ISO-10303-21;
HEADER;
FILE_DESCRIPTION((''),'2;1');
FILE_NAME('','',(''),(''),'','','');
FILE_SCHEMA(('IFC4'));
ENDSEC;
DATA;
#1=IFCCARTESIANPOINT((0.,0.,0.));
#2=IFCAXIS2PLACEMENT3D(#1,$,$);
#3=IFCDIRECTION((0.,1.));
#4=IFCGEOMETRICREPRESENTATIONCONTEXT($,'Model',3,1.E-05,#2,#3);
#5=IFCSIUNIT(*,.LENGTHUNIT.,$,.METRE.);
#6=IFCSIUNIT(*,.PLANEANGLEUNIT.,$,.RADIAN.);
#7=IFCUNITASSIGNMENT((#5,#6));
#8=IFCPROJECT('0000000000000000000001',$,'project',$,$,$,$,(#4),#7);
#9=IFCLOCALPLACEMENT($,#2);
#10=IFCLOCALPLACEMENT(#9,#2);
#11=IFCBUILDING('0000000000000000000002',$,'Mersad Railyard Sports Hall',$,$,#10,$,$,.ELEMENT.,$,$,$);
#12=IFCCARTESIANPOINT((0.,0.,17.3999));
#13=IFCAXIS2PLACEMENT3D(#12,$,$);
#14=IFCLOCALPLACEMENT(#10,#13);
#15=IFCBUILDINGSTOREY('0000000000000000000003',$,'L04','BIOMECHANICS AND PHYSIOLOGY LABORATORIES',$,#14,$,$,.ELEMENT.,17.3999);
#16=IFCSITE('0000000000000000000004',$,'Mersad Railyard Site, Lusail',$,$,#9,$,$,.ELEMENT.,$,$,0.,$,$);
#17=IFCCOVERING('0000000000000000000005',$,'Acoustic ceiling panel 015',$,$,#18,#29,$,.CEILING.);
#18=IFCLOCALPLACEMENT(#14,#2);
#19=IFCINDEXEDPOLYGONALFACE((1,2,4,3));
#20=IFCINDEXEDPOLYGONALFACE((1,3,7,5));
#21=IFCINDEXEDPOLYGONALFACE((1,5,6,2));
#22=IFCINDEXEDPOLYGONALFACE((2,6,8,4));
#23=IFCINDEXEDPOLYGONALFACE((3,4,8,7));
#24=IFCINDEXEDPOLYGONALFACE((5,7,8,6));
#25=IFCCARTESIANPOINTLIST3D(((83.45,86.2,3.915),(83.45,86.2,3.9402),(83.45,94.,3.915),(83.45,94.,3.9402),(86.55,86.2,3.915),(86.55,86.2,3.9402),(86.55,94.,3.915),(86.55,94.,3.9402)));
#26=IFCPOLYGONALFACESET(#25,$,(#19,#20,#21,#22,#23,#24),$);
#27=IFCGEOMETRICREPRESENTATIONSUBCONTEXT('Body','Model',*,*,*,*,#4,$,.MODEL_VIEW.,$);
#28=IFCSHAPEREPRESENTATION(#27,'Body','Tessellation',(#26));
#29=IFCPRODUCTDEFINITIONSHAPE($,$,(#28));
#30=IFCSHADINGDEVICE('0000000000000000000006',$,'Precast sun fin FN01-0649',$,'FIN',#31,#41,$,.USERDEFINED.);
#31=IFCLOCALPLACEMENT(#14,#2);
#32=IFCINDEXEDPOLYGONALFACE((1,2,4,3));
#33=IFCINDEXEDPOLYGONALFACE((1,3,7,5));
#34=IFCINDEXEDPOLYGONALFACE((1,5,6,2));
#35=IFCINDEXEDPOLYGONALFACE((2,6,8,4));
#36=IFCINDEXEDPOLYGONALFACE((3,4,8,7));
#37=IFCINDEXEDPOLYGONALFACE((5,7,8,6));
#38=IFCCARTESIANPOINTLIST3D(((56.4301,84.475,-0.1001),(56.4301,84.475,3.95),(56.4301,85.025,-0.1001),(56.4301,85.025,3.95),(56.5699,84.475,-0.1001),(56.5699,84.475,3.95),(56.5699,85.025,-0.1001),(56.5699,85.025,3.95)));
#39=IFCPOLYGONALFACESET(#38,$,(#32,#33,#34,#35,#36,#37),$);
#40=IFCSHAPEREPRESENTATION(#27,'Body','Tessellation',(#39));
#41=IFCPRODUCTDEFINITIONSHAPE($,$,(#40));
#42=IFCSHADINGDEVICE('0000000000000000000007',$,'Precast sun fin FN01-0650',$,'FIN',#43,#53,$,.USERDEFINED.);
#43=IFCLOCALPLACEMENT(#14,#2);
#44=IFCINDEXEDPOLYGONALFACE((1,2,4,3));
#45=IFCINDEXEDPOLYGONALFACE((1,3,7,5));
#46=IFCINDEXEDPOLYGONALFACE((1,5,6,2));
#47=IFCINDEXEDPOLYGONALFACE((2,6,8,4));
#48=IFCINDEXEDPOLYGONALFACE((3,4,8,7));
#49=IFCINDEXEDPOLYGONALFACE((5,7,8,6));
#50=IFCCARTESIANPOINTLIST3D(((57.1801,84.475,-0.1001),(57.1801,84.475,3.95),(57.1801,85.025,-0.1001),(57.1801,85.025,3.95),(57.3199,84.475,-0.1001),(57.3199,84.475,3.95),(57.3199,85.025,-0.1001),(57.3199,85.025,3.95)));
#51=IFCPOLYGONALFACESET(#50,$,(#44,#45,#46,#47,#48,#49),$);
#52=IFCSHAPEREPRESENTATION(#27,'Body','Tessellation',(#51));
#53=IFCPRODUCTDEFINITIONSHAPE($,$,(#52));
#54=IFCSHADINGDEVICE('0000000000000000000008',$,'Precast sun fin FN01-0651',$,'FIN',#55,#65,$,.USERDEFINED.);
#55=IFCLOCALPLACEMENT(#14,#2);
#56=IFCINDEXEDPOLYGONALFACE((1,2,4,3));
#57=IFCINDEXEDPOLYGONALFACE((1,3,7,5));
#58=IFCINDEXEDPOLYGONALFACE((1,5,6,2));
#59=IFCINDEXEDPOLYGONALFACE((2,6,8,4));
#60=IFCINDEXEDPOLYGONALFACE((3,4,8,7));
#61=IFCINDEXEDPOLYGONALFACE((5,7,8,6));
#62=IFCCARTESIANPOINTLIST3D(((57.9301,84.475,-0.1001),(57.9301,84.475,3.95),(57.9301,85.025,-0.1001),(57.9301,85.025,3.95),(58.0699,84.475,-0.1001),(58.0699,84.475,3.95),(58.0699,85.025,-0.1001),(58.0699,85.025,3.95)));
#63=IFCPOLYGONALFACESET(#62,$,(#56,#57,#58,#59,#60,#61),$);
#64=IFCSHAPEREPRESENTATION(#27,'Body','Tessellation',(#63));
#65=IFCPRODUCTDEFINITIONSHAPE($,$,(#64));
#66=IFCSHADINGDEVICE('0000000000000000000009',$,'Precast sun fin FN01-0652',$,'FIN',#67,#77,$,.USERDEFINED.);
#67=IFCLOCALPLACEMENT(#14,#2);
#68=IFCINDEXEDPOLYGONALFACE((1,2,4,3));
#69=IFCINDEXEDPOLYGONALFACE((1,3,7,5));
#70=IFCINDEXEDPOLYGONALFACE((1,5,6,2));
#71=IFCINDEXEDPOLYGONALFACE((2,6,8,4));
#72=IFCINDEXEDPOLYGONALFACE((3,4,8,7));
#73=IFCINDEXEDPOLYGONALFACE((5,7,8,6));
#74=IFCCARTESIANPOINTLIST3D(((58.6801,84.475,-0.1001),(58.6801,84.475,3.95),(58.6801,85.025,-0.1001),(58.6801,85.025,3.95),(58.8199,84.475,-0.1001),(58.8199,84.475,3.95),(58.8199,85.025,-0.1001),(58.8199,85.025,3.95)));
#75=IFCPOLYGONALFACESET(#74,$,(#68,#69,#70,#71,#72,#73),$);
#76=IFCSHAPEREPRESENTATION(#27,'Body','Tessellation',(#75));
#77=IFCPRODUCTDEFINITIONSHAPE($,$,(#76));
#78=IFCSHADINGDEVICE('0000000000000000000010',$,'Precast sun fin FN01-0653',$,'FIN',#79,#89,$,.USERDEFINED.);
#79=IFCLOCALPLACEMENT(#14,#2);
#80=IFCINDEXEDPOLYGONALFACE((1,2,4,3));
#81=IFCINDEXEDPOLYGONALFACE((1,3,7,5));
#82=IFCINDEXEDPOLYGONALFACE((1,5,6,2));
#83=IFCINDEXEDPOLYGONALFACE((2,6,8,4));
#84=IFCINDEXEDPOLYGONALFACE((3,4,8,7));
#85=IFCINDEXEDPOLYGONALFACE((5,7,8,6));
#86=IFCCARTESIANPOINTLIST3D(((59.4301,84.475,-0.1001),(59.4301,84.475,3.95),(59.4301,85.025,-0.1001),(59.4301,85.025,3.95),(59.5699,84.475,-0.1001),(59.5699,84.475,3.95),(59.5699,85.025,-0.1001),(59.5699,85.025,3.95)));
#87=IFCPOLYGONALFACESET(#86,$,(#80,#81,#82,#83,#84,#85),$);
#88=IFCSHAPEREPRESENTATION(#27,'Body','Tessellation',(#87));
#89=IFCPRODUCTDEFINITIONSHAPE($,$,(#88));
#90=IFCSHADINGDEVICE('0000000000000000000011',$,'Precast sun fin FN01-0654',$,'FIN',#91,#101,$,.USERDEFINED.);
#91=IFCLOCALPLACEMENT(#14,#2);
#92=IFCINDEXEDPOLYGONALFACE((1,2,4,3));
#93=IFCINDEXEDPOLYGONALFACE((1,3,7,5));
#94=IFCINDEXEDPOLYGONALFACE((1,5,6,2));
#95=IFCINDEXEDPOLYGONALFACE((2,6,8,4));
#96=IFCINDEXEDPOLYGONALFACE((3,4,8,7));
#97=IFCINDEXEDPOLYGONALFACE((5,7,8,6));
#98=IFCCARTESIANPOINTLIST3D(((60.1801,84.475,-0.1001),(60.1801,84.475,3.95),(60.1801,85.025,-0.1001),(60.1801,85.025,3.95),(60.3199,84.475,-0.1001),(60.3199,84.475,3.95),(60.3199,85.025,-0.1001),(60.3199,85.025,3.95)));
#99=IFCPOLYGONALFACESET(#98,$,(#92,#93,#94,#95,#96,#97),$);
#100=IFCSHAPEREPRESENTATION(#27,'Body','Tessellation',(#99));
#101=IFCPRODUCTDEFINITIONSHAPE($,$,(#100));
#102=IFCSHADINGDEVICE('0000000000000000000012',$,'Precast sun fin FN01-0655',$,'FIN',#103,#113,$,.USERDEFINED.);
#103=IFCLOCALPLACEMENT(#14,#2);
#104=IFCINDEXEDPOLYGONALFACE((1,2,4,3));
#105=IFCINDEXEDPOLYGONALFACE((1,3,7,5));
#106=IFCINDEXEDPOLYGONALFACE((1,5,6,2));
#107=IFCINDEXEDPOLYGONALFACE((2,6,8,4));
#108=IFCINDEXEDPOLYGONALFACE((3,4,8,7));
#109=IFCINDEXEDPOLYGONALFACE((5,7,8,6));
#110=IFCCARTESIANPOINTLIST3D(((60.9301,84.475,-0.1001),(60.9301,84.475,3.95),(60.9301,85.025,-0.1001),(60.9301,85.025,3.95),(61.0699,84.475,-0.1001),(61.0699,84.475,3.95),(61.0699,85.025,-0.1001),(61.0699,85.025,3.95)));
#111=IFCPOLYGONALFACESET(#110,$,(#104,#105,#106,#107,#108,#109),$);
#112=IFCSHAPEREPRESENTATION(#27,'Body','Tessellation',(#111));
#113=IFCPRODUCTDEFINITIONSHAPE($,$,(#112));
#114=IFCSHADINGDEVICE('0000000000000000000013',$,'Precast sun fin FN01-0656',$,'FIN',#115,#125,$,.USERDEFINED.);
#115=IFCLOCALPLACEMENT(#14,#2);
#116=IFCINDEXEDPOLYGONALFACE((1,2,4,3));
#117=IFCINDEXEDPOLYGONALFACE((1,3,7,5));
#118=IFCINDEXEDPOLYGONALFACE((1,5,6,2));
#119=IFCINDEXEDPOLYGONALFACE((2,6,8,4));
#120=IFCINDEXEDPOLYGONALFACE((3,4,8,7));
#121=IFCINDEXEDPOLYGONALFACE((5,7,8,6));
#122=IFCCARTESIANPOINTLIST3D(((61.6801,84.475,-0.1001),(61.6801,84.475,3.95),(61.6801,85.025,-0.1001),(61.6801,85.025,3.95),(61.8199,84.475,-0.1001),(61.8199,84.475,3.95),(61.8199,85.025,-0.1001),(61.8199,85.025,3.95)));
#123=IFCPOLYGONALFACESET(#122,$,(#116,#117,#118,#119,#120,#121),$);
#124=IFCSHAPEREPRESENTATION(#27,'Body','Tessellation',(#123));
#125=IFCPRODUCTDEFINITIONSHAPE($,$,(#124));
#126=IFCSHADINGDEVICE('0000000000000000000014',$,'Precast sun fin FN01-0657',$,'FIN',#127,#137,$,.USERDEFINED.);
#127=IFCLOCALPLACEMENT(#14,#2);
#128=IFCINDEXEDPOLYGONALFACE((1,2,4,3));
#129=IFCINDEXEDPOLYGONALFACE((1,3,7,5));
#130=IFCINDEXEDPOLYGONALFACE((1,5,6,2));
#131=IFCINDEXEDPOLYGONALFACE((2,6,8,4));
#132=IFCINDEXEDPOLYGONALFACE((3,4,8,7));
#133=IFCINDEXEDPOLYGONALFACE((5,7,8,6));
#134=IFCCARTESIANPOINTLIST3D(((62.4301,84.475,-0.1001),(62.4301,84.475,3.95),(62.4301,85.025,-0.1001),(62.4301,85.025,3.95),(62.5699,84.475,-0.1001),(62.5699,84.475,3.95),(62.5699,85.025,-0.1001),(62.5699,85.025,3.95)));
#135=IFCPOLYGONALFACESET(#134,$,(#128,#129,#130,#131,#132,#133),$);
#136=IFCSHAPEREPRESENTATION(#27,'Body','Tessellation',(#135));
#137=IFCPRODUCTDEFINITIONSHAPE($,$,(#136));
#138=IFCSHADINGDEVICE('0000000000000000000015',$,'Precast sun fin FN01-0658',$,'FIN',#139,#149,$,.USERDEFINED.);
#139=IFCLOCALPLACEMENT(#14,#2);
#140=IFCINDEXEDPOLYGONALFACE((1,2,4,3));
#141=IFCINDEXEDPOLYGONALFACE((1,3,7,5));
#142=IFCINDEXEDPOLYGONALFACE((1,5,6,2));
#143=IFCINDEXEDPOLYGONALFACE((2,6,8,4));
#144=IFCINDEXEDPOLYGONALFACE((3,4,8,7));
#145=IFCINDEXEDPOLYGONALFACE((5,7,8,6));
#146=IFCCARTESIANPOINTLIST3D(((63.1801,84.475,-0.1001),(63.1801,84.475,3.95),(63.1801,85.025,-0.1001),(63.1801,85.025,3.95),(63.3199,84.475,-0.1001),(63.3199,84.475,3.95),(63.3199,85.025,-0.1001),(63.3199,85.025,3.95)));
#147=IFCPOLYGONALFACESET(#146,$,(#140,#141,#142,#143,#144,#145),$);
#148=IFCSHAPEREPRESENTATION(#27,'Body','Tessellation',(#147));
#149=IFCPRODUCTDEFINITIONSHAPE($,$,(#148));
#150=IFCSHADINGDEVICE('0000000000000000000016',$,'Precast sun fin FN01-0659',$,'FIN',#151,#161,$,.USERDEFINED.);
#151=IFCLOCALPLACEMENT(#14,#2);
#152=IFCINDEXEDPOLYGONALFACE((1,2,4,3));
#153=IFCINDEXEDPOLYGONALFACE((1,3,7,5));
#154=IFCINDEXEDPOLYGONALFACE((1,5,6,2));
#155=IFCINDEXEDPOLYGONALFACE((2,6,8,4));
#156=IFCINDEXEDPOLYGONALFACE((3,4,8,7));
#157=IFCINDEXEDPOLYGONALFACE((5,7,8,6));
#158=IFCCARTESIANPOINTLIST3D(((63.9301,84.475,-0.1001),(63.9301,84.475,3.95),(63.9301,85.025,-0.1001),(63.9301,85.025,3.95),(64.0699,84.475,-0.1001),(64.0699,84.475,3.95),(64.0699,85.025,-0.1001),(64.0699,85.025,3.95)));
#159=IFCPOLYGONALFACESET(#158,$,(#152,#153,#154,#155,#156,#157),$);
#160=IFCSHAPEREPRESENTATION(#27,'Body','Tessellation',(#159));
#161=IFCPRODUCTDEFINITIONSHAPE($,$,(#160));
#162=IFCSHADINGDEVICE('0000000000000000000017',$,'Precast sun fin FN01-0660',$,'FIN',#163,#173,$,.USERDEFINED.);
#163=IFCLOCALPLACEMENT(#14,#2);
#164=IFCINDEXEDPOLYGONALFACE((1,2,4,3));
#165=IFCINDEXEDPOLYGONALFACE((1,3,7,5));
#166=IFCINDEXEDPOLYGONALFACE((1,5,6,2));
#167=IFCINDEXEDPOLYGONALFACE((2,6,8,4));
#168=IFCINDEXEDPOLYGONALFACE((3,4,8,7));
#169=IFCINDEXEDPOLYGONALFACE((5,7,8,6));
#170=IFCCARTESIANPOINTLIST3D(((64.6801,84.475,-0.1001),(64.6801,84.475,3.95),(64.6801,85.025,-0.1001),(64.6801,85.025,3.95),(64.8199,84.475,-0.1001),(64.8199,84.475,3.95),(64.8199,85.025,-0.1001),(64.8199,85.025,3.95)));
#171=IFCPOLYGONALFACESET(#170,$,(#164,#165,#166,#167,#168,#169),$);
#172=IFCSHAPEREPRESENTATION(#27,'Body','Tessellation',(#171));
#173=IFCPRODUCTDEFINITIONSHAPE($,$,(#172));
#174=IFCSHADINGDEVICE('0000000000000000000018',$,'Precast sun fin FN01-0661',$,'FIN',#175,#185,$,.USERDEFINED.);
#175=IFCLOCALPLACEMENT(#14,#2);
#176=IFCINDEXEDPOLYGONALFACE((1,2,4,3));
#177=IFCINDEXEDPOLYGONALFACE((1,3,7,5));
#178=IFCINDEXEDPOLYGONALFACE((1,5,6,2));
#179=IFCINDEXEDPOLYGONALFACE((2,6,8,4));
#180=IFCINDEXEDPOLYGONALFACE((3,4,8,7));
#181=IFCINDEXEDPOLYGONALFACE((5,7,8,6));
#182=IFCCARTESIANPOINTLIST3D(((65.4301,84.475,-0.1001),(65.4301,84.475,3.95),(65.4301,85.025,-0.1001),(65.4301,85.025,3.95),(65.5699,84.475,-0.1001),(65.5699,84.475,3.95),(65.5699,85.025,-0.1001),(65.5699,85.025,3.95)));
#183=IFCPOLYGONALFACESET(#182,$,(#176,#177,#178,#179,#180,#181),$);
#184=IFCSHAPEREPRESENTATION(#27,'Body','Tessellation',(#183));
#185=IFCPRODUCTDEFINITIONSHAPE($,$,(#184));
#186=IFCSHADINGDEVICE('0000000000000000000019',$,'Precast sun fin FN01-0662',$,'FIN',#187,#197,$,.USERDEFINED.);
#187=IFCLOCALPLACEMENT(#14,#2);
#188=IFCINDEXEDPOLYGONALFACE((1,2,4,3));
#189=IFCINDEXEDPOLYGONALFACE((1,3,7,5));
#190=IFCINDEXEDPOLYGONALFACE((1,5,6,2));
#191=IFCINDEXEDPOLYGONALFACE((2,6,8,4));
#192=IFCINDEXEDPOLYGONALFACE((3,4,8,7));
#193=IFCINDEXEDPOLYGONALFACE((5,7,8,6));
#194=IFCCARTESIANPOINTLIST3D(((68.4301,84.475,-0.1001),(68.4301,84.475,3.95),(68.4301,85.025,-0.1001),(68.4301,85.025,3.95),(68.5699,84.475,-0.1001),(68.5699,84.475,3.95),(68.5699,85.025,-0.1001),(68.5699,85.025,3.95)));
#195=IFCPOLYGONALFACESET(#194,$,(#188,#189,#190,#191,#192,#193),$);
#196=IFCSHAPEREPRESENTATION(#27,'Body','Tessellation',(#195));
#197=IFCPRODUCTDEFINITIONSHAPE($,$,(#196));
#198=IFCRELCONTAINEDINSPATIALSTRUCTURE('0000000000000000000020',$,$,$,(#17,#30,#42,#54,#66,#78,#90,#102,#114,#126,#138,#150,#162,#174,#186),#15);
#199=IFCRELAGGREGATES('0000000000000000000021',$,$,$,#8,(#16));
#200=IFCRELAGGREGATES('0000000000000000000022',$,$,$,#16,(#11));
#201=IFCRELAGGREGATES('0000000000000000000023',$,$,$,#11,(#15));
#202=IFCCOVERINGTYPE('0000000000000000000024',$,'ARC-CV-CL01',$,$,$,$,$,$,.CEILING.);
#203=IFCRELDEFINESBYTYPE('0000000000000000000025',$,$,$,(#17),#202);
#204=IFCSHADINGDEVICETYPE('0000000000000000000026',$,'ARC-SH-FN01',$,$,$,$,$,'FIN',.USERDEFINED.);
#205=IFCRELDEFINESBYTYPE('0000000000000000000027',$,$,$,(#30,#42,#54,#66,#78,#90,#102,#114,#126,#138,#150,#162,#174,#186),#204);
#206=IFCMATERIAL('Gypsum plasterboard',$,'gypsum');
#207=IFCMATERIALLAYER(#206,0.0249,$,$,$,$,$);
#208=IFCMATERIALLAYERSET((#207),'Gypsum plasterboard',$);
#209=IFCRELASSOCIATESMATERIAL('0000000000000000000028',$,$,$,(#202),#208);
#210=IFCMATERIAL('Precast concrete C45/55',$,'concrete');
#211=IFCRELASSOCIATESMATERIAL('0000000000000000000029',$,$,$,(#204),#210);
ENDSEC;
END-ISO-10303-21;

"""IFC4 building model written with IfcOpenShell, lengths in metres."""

from ifc_helpers import new_model, si_unit, direction, frame, origin, origin_2d, place, context, subcontext, project, spatial, polyline, rectangle, outline, extrude, material, layer, layer_set, type_object, element, save


model = new_model("IFC4")

# Units and contexts
model_context = context("Model", 3, precision=1e-05, world=origin(), true_north=direction((0.0, 1.0)))
body_context = subcontext(model_context, "Body", "Model", "MODEL_VIEW")
ifc_project = project(units=[si_unit("LENGTHUNIT", "METRE"), si_unit("PLANEANGLEUNIT", "RADIAN")], contexts=[model_context])

# Site, building, storey
site_placement = place(None, origin())
site = spatial("IfcSite", under=ifc_project, at=site_placement, Name="Mersad Railyard Site, Lusail", CompositionType="ELEMENT", RefElevation=0.0)
building_placement = place(site_placement, origin())
building = spatial("IfcBuilding", under=site, at=building_placement, Name="Mersad Railyard Sports Hall", CompositionType="ELEMENT")
storey_placement = place(building_placement, frame((0.0, 0.0, 17.3999)))
storey = spatial("IfcBuildingStorey", under=building, at=storey_placement, Name="L04", Description="BIOMECHANICS AND PHYSIOLOGY LABORATORIES", CompositionType="ELEMENT", Elevation=17.3999)

# Shared definitions
ifc_material_1 = material(Name="Precast concrete C45/55", Category="concrete")

# Covering
ifc_material_2 = material(Name="Gypsum plasterboard", Category="gypsum")
ifc_layer_1 = layer(ifc_material_2, 0.0249)
ifc_layer_set_1 = layer_set([ifc_layer_1], Name="Gypsum plasterboard")
covering_type = type_object("IfcCoveringType", Name="ARC-CV-CL01", PredefinedType="CEILING", material=ifc_layer_set_1)
covering_1_placement = place(storey_placement, frame((0.0, 0.0, 3.915)))
element("IfcCovering", 1, at=covering_1_placement, inside=storey, type_object=covering_type, Name="Acoustic ceiling panel 015", PredefinedType="CEILING", context=body_context, shape_type="SweptSolid", body=[
    extrude(outline(polyline([(83.45, 86.2), (86.55, 86.2), (86.55, 94.0), (83.45, 94.0), (83.45, 86.2)])), origin(), (0.0, 0.0, 1.0), 0.0251),
])

# Shading devices
shading_device_type = type_object("IfcShadingDeviceType", Name="ARC-SH-FN01", ElementType="FIN", PredefinedType="USERDEFINED", material=ifc_material_1)
for number, where, z_axis, x_axis, name in (
    (2, (56.5, 84.75, -0.1001), (0.0, 0.0, 1.0), (1.0, 0.0, 0.0), "Precast sun fin FN01-0649"),
    (3, (57.25, 84.75, -0.1001), (0.0, 0.0, 1.0), (1.0, 0.0, 0.0), "Precast sun fin FN01-0650"),
    (4, (58.0, 84.75, -0.1001), (0.0, 0.0, 1.0), (1.0, 0.0, 0.0), "Precast sun fin FN01-0651"),
    (5, (58.75, 84.75, -0.1001), (0.0, 0.0, 1.0), (1.0, 0.0, 0.0), "Precast sun fin FN01-0652"),
    (6, (59.5, 84.75, -0.1001), (0.0, 0.0, 1.0), (1.0, 0.0, 0.0), "Precast sun fin FN01-0653"),
    (7, (60.25, 84.75, -0.1001), (0.0, 0.0, 1.0), (1.0, 0.0, 0.0), "Precast sun fin FN01-0654"),
    (8, (61.0, 84.75, -0.1001), (0.0, 0.0, 1.0), (1.0, 0.0, 0.0), "Precast sun fin FN01-0655"),
    (9, (61.75, 84.75, -0.1001), (0.0, 0.0, 1.0), (1.0, 0.0, 0.0), "Precast sun fin FN01-0656"),
    (10, (62.5, 84.75, -0.1001), (0.0, 0.0, 1.0), (1.0, 0.0, 0.0), "Precast sun fin FN01-0657"),
    (11, (63.25, 84.75, -0.1001), (0.0, 0.0, 1.0), (1.0, 0.0, 0.0), "Precast sun fin FN01-0658"),
    (12, (64.0, 84.75, -0.1001), (0.0, 0.0, 1.0), (1.0, 0.0, 0.0), "Precast sun fin FN01-0659"),
    (13, (64.75, 84.75, -0.1001), (0.0, 0.0, 1.0), (1.0, 0.0, 0.0), "Precast sun fin FN01-0660"),
    (14, (65.5, 84.75, -0.1001), (0.0, 0.0, 1.0), (1.0, 0.0, 0.0), "Precast sun fin FN01-0661"),
    (15, (68.5, 84.75, -0.1001), (0.0, 0.0, 1.0), (1.0, 0.0, 0.0), "Precast sun fin FN01-0662"),
):
    element("IfcShadingDevice", number, at=place(storey_placement, frame(where, z_axis=z_axis, x_axis=x_axis)), inside=storey, type_object=shading_device_type, Name=name, ObjectType="FIN", PredefinedType="USERDEFINED", context=body_context, shape_type="SweptSolid", body=[
        extrude(rectangle(XDim=0.1399, YDim=0.55, at=origin_2d()), origin(), (0.0, 0.0, 1.0), 4.05),
    ])

save(model, "model.ifc")
